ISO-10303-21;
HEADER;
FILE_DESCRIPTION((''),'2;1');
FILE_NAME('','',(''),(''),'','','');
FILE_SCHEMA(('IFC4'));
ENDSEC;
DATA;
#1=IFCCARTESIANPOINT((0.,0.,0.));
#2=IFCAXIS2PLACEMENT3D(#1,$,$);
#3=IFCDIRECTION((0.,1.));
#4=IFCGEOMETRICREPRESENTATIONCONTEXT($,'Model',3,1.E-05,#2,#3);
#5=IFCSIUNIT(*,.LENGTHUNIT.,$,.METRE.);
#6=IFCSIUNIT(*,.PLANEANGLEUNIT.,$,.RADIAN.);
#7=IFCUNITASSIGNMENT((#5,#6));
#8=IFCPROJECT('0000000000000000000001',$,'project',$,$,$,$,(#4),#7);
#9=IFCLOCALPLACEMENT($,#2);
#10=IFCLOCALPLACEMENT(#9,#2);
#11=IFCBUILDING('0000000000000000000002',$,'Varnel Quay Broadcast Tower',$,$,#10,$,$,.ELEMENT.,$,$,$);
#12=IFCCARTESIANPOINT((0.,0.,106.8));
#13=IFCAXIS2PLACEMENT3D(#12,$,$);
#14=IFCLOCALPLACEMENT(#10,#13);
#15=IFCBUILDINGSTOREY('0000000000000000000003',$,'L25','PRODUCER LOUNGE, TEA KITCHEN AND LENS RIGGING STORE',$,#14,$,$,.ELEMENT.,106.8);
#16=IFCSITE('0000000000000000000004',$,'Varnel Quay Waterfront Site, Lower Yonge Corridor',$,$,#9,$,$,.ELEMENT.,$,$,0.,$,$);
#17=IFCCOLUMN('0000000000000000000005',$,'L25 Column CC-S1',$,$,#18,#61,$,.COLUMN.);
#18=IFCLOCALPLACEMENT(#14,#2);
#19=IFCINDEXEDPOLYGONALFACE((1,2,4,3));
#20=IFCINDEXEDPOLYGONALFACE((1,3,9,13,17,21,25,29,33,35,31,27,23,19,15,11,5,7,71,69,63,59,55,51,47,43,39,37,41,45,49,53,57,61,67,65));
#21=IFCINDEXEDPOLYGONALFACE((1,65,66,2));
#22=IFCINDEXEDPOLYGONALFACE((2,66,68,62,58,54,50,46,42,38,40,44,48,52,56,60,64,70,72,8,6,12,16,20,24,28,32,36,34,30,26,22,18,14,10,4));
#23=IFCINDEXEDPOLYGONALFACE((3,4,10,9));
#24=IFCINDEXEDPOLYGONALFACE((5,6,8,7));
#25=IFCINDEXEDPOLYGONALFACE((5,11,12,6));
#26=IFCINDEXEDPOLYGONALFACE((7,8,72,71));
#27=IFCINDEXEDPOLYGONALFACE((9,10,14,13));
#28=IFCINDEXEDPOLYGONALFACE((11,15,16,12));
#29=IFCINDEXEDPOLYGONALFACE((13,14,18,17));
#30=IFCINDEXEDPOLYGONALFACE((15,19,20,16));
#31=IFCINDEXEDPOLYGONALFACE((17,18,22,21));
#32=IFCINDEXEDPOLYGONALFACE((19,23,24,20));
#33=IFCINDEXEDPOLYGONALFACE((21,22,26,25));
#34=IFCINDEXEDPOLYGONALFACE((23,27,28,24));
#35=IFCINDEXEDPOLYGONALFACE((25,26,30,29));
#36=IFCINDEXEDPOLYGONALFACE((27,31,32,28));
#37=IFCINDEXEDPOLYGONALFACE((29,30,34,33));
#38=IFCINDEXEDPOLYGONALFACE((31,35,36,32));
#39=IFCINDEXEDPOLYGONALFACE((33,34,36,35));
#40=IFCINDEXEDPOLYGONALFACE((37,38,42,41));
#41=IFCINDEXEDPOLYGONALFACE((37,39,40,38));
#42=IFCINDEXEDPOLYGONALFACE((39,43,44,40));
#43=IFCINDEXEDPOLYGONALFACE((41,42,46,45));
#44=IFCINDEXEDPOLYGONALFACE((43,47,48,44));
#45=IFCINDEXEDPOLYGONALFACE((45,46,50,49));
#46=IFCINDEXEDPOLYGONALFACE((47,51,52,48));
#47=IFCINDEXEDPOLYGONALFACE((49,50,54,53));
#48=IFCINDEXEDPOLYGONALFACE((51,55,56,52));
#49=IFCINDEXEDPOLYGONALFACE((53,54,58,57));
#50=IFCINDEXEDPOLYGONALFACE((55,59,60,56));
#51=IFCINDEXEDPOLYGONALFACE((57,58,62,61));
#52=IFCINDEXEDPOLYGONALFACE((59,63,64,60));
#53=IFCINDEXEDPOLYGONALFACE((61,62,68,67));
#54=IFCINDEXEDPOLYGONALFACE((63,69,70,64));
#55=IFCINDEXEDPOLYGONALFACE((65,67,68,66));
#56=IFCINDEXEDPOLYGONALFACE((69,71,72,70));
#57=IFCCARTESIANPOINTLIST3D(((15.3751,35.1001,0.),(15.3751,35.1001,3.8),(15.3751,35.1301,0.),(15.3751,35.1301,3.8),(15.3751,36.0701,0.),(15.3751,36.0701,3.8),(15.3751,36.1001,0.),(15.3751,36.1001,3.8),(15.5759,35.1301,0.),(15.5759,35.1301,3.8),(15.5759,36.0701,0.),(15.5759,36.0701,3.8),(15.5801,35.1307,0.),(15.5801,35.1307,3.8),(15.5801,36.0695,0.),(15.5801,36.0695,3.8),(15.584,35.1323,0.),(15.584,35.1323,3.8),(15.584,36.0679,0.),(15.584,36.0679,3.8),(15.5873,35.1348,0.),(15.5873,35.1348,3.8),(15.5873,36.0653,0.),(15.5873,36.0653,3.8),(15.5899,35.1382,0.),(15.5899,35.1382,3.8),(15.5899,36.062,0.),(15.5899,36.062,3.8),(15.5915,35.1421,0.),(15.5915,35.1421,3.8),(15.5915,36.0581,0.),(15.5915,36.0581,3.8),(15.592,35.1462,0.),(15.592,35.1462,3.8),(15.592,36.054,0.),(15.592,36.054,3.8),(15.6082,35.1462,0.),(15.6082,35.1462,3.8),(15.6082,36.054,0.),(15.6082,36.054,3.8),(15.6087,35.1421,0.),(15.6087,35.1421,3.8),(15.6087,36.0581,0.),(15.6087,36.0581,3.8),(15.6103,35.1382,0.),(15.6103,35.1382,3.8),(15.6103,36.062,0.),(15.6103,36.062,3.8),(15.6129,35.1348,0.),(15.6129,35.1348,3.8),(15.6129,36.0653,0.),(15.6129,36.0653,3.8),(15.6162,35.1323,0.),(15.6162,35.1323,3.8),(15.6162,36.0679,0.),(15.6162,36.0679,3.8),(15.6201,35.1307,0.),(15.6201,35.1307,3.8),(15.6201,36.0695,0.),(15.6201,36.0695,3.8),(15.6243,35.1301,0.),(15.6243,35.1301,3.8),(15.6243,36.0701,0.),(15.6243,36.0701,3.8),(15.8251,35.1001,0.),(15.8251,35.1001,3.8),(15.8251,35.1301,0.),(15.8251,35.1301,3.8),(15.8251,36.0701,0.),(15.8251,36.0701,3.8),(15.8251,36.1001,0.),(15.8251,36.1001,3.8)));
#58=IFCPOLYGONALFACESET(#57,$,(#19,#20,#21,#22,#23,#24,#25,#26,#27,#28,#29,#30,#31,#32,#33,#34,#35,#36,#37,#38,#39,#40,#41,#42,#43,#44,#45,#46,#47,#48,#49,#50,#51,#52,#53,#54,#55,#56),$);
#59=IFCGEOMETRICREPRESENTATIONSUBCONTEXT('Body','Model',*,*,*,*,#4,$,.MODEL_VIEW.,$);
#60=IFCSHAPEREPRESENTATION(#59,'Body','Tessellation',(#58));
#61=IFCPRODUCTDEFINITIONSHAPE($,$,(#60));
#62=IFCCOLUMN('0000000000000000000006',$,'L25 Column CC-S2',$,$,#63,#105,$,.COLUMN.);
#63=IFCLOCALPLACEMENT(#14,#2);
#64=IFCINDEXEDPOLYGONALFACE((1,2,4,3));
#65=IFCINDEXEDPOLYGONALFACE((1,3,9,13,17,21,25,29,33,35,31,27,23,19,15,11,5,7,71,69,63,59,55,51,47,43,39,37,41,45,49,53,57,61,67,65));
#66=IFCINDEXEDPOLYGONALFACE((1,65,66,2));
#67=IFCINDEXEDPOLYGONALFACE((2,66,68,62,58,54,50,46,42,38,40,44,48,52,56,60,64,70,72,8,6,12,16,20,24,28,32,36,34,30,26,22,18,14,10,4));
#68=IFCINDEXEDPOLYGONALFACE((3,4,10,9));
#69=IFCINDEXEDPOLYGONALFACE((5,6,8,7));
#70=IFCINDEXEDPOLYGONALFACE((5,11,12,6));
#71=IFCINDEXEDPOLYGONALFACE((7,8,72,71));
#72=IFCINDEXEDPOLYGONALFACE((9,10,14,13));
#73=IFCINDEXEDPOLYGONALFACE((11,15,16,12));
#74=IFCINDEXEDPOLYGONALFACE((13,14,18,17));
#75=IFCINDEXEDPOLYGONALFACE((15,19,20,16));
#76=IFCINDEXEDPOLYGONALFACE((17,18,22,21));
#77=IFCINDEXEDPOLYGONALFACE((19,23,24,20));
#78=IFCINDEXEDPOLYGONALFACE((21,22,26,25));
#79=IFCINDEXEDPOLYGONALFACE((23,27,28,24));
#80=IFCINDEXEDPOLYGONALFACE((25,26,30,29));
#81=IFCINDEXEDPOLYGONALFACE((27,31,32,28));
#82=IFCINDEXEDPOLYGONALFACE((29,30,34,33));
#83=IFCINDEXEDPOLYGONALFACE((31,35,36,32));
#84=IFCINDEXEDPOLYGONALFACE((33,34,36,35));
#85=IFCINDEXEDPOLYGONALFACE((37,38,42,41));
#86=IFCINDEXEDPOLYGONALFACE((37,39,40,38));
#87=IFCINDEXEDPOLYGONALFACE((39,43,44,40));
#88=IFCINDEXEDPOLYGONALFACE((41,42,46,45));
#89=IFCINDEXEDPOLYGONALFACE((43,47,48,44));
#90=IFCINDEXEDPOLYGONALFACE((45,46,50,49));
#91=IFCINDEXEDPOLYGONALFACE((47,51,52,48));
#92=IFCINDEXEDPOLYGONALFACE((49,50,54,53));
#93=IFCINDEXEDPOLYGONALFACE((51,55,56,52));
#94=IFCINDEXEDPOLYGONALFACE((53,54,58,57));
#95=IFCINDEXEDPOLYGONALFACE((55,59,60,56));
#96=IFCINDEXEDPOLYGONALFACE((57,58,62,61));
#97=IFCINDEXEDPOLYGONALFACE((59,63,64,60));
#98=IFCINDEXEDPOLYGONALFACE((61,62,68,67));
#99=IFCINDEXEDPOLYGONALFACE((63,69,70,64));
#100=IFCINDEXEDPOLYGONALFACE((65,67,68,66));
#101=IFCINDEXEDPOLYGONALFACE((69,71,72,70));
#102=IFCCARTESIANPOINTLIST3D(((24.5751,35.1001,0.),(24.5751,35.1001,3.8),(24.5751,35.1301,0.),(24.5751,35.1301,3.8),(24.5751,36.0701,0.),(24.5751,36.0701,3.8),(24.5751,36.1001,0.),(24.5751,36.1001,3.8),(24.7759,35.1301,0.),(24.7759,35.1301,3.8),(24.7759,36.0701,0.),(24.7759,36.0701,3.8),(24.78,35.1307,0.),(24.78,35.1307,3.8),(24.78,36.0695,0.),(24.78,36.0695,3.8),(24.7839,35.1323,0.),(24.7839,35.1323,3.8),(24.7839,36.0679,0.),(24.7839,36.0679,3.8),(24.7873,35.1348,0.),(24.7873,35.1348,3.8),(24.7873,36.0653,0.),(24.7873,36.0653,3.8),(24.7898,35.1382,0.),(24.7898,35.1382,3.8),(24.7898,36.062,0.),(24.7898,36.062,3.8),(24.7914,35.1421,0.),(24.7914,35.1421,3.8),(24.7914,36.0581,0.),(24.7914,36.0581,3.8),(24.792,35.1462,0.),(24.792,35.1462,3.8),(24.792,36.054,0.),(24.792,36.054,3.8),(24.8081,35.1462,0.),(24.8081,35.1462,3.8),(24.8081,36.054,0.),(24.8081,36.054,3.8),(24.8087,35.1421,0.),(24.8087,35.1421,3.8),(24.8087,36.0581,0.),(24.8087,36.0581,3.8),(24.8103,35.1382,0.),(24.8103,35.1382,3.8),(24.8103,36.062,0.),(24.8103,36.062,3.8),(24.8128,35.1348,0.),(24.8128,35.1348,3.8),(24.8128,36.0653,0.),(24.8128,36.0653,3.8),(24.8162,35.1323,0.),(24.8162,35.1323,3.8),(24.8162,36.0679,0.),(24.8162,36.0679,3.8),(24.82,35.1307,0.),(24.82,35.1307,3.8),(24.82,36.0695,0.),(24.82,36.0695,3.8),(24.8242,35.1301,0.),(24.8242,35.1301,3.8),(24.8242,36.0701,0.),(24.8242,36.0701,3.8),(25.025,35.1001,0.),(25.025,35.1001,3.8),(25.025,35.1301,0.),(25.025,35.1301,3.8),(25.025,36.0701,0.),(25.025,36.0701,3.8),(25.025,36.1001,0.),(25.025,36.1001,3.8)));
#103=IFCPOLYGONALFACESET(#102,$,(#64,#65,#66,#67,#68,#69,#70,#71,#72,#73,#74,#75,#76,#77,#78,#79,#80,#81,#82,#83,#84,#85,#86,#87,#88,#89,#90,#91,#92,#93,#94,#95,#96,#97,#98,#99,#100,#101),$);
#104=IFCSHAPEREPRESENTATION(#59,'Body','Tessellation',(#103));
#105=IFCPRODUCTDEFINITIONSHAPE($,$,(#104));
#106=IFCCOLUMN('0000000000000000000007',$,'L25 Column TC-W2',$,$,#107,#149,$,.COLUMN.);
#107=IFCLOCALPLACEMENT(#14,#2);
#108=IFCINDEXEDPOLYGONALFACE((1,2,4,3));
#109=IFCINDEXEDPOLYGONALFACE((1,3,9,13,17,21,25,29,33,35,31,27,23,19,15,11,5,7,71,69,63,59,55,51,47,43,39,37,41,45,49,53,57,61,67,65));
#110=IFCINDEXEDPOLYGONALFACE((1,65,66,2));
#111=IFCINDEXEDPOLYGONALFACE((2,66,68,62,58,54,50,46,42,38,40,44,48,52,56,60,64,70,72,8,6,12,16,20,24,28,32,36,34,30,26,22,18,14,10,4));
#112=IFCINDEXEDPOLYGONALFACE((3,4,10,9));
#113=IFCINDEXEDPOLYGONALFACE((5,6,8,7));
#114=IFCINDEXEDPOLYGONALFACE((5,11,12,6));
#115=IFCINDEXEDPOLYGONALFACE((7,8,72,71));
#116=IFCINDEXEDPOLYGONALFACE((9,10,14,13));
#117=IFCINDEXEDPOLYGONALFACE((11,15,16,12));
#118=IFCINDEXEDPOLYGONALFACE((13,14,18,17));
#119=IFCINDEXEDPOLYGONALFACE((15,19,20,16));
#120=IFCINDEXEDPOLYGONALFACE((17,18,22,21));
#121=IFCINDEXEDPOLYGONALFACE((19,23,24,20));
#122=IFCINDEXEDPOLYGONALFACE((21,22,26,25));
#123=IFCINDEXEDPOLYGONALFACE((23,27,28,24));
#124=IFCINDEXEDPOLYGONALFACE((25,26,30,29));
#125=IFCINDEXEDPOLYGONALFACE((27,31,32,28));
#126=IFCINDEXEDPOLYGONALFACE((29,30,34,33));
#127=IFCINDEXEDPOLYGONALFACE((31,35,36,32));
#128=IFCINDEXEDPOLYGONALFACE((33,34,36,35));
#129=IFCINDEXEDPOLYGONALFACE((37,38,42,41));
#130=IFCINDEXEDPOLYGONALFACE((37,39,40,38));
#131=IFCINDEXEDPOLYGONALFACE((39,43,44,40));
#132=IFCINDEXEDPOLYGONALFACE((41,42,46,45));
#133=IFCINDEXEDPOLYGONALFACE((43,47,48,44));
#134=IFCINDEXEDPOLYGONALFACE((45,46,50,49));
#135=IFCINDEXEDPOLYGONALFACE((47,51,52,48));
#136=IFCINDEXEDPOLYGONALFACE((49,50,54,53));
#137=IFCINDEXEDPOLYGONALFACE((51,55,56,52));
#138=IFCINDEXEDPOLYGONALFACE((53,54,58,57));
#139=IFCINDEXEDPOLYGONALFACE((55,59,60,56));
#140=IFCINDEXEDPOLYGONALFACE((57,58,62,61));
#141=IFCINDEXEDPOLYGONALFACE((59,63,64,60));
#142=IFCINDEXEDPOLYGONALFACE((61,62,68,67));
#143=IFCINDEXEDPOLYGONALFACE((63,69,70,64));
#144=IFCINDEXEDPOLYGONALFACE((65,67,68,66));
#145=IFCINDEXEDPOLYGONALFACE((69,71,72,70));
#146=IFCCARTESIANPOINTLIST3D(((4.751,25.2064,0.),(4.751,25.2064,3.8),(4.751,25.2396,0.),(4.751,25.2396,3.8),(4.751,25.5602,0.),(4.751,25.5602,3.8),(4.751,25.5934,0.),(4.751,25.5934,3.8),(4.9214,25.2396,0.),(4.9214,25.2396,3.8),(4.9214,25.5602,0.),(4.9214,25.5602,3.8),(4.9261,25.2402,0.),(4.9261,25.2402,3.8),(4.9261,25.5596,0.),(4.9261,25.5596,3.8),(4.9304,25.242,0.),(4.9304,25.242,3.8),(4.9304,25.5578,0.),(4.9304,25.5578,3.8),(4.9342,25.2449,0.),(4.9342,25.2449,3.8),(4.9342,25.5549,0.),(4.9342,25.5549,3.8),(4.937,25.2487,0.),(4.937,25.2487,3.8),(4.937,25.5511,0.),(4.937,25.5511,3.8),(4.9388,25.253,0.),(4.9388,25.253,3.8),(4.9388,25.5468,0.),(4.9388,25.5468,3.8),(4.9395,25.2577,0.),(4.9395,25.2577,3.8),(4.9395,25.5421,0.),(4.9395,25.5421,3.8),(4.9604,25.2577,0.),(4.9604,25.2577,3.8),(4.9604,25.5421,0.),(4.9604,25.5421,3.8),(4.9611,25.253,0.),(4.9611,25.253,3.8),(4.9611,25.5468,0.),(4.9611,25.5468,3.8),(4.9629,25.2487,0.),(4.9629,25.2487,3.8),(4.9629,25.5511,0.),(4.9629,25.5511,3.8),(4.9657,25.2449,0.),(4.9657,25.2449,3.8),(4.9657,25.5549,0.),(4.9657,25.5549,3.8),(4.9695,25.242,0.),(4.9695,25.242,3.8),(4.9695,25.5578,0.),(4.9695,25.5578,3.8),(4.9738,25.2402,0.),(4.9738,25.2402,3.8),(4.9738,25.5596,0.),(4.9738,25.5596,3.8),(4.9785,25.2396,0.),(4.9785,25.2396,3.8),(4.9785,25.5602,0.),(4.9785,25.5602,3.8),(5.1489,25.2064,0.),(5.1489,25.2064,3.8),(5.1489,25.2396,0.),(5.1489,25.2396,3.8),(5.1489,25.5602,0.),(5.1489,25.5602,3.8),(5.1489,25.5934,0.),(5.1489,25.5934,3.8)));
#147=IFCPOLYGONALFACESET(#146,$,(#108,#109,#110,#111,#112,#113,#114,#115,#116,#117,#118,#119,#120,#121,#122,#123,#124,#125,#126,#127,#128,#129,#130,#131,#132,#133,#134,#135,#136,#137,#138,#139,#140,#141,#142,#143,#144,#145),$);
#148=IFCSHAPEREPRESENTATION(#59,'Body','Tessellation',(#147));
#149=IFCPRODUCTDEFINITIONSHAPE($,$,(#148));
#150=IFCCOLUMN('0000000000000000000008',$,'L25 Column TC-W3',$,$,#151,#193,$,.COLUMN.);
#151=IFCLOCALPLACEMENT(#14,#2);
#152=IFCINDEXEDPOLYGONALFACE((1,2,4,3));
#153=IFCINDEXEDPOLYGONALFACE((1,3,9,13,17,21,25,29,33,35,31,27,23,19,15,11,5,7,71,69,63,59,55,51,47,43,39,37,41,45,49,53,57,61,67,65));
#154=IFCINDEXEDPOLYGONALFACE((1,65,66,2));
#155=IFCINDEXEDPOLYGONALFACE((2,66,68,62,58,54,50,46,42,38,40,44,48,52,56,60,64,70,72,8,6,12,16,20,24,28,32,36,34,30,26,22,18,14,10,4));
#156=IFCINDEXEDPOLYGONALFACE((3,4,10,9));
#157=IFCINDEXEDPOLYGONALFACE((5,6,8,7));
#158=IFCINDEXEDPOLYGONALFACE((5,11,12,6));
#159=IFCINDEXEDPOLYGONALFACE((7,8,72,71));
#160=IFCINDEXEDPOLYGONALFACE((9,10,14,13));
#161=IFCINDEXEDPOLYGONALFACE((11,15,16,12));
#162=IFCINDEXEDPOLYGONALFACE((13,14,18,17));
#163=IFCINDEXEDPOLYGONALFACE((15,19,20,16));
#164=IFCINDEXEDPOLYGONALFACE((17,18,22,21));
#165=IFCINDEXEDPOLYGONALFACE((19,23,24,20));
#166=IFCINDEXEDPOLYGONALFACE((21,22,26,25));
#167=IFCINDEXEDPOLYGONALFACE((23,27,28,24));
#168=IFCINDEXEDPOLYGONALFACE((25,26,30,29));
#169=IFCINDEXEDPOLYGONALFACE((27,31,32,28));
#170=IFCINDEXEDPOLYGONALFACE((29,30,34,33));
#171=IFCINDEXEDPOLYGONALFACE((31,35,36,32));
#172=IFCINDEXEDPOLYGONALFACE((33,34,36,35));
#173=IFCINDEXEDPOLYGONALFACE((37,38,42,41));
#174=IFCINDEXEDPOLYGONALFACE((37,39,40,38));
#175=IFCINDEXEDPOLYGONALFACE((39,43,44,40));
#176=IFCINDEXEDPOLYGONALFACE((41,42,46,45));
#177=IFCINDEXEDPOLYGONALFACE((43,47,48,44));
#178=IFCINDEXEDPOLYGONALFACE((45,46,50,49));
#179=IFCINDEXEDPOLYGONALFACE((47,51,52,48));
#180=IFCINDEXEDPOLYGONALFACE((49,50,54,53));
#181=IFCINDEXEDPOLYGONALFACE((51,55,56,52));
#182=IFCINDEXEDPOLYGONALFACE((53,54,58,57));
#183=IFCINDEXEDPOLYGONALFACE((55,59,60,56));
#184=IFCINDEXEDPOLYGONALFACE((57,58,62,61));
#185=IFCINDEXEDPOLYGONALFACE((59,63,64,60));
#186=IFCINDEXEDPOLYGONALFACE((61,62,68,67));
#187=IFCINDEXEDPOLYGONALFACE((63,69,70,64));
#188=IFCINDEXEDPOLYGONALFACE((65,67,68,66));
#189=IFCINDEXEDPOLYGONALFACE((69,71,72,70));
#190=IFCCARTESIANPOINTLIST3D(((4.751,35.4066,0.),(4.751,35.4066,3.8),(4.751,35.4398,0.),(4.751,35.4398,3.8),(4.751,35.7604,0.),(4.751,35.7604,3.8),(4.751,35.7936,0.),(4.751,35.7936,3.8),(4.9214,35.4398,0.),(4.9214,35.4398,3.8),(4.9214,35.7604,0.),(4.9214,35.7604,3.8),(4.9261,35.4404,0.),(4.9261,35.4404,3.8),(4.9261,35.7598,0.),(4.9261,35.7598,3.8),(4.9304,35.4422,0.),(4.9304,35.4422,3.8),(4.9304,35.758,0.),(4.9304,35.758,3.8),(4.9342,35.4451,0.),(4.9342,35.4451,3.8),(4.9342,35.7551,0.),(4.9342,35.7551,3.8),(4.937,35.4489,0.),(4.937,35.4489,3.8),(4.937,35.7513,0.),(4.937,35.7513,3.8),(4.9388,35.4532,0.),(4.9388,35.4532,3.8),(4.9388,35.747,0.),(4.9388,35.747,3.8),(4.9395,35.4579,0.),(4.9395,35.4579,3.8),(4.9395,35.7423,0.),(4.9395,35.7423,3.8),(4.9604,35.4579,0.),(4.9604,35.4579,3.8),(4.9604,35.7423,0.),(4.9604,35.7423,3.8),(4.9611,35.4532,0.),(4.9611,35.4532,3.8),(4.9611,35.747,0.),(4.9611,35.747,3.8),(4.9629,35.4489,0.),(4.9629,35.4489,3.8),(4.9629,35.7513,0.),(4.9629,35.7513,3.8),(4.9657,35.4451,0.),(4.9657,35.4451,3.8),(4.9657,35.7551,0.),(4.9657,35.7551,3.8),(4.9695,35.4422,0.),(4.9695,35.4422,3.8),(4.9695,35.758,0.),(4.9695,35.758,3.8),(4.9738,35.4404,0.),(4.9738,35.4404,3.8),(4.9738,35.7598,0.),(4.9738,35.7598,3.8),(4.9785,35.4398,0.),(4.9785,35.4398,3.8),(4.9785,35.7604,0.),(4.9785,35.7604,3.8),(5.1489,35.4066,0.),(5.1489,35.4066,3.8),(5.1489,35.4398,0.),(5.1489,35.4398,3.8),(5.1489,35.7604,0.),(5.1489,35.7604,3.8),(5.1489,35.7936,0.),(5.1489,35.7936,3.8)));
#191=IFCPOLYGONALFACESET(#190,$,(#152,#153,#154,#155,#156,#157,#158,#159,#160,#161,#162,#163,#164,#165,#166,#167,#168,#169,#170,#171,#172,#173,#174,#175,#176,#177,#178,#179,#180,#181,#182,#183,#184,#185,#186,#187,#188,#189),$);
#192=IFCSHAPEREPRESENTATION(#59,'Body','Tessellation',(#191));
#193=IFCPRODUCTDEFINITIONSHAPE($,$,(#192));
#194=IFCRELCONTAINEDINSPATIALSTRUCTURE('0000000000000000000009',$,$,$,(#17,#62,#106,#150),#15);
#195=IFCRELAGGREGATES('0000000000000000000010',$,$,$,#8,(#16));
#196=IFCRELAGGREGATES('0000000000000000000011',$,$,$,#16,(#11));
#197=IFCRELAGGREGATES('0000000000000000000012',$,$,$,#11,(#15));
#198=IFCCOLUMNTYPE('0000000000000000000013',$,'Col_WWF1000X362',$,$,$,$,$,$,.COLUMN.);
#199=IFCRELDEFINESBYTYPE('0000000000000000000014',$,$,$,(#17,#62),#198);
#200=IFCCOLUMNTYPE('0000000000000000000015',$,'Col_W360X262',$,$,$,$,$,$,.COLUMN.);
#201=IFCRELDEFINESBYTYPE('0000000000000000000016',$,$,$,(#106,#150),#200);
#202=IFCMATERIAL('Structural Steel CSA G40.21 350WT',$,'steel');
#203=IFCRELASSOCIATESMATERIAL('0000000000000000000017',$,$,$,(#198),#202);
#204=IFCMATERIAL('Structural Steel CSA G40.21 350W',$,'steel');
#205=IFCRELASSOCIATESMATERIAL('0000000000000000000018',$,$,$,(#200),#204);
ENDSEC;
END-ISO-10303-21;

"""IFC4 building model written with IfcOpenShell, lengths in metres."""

from ifc_helpers import new_model, si_unit, direction, frame, origin, origin_2d, place, context, subcontext, project, spatial, i_section, extrude, source, transform, mapped, material, material_profile, profile_set, type_object, type_shapes, element, save


model = new_model("IFC4")

# Units and contexts
model_context = context("Model", 3, precision=1e-05, world=origin(), true_north=direction((0.0, 1.0)))
body_context = subcontext(model_context, "Body", "Model", "MODEL_VIEW")
ifc_project = project(units=[si_unit("LENGTHUNIT", "METRE"), si_unit("PLANEANGLEUNIT", "RADIAN")], contexts=[model_context])

# Site, building, storey
site_placement = place(None, origin())
site = spatial("IfcSite", under=ifc_project, at=site_placement, Name="Varnel Quay Waterfront Site, Lower Yonge Corridor", CompositionType="ELEMENT", RefElevation=0.0)
building_placement = place(site_placement, origin())
building = spatial("IfcBuilding", under=site, at=building_placement, Name="Varnel Quay Broadcast Tower", CompositionType="ELEMENT")
storey_placement = place(building_placement, frame((0.0, 0.0, 106.8)))
storey = spatial("IfcBuildingStorey", under=building, at=storey_placement, Name="L25", Description="PRODUCER LOUNGE, TEA KITCHEN AND LENS RIGGING STORE", CompositionType="ELEMENT", Elevation=106.8)

# Columns
ifc_material_1 = material(Name="Structural Steel CSA G40.21 350WT", Category="steel")
ifc_material_profile_1 = material_profile(ifc_material_1, i_section(OverallWidth=0.45, OverallDepth=1.0, WebThickness=0.0161, FlangeThickness=0.03, FilletRadius=0.0161, at=origin_2d()), Name="WWF1000X362")
ifc_profile_set_1 = profile_set([ifc_material_profile_1], Name="Structural Steel CSA G40.21 350WT")
column_type_1 = type_object("IfcColumnType", Name="Col_WWF1000X362", PredefinedType="COLUMN", material=ifc_profile_set_1)
shared_shape_1 = source(origin(), body_context, "Body", "SweptSolid", [
    extrude(i_section(OverallWidth=0.45, OverallDepth=1.0, WebThickness=0.0161, FlangeThickness=0.03, FilletRadius=0.0161, at=origin_2d()), origin(), (0.0, 0.0, 1.0), 3.8),
])
type_shapes(column_type_1, [shared_shape_1])
for number, where, z_axis, x_axis, name in (
    (1, (15.6001, 35.6001, 0.0), (0.0, 0.0, 1.0), (1.0, 0.0, 0.0), "L25 Column CC-S1"),
    (2, (24.8, 35.6001, 0.0), (0.0, 0.0, 1.0), (1.0, 0.0, 0.0), "L25 Column CC-S2"),
):
    element("IfcColumn", number, at=place(storey_placement, frame(where, z_axis=z_axis, x_axis=x_axis)), inside=storey, type_object=column_type_1, Name=name, PredefinedType="COLUMN", context=body_context, shape_type="MappedRepresentation", body=[
        mapped(shared_shape_1, transform((0.0, 0.0, 0.0), x_axis=(1.0, 0.0, 0.0), y_axis=(0.0, 1.0, 0.0), z_axis=(0.0, 0.0, 1.0), scale=1.0)),
    ])
ifc_material_2 = material(Name="Structural Steel CSA G40.21 350W", Category="steel")
ifc_material_profile_2 = material_profile(ifc_material_2, i_section(OverallWidth=0.3979, OverallDepth=0.387, WebThickness=0.021, FlangeThickness=0.0332, FilletRadius=0.0181, at=origin_2d()), Name="W360X262")
ifc_profile_set_2 = profile_set([ifc_material_profile_2], Name="Structural Steel CSA G40.21 350W")
column_type_2 = type_object("IfcColumnType", Name="Col_W360X262", PredefinedType="COLUMN", material=ifc_profile_set_2)
shared_shape_2 = source(origin(), body_context, "Body", "SweptSolid", [
    extrude(i_section(OverallWidth=0.3979, OverallDepth=0.387, WebThickness=0.021, FlangeThickness=0.0332, FilletRadius=0.0181, at=origin_2d()), origin(), (0.0, 0.0, 1.0), 3.8),
])
type_shapes(column_type_2, [shared_shape_2])
for number, where, z_axis, x_axis, name in (
    (3, (4.95, 25.3999, 0.0), (0.0, 0.0, 1.0), (1.0, 0.0, 0.0), "L25 Column TC-W2"),
    (4, (4.95, 35.6001, 0.0), (0.0, 0.0, 1.0), (1.0, 0.0, 0.0), "L25 Column TC-W3"),
):
    element("IfcColumn", number, at=place(storey_placement, frame(where, z_axis=z_axis, x_axis=x_axis)), inside=storey, type_object=column_type_2, Name=name, PredefinedType="COLUMN", context=body_context, shape_type="MappedRepresentation", body=[
        mapped(shared_shape_2, transform((0.0, 0.0, 0.0), x_axis=(1.0, 0.0, 0.0), y_axis=(0.0, 1.0, 0.0), z_axis=(0.0, 0.0, 1.0), scale=1.0)),
    ])

save(model, "model.ifc")
